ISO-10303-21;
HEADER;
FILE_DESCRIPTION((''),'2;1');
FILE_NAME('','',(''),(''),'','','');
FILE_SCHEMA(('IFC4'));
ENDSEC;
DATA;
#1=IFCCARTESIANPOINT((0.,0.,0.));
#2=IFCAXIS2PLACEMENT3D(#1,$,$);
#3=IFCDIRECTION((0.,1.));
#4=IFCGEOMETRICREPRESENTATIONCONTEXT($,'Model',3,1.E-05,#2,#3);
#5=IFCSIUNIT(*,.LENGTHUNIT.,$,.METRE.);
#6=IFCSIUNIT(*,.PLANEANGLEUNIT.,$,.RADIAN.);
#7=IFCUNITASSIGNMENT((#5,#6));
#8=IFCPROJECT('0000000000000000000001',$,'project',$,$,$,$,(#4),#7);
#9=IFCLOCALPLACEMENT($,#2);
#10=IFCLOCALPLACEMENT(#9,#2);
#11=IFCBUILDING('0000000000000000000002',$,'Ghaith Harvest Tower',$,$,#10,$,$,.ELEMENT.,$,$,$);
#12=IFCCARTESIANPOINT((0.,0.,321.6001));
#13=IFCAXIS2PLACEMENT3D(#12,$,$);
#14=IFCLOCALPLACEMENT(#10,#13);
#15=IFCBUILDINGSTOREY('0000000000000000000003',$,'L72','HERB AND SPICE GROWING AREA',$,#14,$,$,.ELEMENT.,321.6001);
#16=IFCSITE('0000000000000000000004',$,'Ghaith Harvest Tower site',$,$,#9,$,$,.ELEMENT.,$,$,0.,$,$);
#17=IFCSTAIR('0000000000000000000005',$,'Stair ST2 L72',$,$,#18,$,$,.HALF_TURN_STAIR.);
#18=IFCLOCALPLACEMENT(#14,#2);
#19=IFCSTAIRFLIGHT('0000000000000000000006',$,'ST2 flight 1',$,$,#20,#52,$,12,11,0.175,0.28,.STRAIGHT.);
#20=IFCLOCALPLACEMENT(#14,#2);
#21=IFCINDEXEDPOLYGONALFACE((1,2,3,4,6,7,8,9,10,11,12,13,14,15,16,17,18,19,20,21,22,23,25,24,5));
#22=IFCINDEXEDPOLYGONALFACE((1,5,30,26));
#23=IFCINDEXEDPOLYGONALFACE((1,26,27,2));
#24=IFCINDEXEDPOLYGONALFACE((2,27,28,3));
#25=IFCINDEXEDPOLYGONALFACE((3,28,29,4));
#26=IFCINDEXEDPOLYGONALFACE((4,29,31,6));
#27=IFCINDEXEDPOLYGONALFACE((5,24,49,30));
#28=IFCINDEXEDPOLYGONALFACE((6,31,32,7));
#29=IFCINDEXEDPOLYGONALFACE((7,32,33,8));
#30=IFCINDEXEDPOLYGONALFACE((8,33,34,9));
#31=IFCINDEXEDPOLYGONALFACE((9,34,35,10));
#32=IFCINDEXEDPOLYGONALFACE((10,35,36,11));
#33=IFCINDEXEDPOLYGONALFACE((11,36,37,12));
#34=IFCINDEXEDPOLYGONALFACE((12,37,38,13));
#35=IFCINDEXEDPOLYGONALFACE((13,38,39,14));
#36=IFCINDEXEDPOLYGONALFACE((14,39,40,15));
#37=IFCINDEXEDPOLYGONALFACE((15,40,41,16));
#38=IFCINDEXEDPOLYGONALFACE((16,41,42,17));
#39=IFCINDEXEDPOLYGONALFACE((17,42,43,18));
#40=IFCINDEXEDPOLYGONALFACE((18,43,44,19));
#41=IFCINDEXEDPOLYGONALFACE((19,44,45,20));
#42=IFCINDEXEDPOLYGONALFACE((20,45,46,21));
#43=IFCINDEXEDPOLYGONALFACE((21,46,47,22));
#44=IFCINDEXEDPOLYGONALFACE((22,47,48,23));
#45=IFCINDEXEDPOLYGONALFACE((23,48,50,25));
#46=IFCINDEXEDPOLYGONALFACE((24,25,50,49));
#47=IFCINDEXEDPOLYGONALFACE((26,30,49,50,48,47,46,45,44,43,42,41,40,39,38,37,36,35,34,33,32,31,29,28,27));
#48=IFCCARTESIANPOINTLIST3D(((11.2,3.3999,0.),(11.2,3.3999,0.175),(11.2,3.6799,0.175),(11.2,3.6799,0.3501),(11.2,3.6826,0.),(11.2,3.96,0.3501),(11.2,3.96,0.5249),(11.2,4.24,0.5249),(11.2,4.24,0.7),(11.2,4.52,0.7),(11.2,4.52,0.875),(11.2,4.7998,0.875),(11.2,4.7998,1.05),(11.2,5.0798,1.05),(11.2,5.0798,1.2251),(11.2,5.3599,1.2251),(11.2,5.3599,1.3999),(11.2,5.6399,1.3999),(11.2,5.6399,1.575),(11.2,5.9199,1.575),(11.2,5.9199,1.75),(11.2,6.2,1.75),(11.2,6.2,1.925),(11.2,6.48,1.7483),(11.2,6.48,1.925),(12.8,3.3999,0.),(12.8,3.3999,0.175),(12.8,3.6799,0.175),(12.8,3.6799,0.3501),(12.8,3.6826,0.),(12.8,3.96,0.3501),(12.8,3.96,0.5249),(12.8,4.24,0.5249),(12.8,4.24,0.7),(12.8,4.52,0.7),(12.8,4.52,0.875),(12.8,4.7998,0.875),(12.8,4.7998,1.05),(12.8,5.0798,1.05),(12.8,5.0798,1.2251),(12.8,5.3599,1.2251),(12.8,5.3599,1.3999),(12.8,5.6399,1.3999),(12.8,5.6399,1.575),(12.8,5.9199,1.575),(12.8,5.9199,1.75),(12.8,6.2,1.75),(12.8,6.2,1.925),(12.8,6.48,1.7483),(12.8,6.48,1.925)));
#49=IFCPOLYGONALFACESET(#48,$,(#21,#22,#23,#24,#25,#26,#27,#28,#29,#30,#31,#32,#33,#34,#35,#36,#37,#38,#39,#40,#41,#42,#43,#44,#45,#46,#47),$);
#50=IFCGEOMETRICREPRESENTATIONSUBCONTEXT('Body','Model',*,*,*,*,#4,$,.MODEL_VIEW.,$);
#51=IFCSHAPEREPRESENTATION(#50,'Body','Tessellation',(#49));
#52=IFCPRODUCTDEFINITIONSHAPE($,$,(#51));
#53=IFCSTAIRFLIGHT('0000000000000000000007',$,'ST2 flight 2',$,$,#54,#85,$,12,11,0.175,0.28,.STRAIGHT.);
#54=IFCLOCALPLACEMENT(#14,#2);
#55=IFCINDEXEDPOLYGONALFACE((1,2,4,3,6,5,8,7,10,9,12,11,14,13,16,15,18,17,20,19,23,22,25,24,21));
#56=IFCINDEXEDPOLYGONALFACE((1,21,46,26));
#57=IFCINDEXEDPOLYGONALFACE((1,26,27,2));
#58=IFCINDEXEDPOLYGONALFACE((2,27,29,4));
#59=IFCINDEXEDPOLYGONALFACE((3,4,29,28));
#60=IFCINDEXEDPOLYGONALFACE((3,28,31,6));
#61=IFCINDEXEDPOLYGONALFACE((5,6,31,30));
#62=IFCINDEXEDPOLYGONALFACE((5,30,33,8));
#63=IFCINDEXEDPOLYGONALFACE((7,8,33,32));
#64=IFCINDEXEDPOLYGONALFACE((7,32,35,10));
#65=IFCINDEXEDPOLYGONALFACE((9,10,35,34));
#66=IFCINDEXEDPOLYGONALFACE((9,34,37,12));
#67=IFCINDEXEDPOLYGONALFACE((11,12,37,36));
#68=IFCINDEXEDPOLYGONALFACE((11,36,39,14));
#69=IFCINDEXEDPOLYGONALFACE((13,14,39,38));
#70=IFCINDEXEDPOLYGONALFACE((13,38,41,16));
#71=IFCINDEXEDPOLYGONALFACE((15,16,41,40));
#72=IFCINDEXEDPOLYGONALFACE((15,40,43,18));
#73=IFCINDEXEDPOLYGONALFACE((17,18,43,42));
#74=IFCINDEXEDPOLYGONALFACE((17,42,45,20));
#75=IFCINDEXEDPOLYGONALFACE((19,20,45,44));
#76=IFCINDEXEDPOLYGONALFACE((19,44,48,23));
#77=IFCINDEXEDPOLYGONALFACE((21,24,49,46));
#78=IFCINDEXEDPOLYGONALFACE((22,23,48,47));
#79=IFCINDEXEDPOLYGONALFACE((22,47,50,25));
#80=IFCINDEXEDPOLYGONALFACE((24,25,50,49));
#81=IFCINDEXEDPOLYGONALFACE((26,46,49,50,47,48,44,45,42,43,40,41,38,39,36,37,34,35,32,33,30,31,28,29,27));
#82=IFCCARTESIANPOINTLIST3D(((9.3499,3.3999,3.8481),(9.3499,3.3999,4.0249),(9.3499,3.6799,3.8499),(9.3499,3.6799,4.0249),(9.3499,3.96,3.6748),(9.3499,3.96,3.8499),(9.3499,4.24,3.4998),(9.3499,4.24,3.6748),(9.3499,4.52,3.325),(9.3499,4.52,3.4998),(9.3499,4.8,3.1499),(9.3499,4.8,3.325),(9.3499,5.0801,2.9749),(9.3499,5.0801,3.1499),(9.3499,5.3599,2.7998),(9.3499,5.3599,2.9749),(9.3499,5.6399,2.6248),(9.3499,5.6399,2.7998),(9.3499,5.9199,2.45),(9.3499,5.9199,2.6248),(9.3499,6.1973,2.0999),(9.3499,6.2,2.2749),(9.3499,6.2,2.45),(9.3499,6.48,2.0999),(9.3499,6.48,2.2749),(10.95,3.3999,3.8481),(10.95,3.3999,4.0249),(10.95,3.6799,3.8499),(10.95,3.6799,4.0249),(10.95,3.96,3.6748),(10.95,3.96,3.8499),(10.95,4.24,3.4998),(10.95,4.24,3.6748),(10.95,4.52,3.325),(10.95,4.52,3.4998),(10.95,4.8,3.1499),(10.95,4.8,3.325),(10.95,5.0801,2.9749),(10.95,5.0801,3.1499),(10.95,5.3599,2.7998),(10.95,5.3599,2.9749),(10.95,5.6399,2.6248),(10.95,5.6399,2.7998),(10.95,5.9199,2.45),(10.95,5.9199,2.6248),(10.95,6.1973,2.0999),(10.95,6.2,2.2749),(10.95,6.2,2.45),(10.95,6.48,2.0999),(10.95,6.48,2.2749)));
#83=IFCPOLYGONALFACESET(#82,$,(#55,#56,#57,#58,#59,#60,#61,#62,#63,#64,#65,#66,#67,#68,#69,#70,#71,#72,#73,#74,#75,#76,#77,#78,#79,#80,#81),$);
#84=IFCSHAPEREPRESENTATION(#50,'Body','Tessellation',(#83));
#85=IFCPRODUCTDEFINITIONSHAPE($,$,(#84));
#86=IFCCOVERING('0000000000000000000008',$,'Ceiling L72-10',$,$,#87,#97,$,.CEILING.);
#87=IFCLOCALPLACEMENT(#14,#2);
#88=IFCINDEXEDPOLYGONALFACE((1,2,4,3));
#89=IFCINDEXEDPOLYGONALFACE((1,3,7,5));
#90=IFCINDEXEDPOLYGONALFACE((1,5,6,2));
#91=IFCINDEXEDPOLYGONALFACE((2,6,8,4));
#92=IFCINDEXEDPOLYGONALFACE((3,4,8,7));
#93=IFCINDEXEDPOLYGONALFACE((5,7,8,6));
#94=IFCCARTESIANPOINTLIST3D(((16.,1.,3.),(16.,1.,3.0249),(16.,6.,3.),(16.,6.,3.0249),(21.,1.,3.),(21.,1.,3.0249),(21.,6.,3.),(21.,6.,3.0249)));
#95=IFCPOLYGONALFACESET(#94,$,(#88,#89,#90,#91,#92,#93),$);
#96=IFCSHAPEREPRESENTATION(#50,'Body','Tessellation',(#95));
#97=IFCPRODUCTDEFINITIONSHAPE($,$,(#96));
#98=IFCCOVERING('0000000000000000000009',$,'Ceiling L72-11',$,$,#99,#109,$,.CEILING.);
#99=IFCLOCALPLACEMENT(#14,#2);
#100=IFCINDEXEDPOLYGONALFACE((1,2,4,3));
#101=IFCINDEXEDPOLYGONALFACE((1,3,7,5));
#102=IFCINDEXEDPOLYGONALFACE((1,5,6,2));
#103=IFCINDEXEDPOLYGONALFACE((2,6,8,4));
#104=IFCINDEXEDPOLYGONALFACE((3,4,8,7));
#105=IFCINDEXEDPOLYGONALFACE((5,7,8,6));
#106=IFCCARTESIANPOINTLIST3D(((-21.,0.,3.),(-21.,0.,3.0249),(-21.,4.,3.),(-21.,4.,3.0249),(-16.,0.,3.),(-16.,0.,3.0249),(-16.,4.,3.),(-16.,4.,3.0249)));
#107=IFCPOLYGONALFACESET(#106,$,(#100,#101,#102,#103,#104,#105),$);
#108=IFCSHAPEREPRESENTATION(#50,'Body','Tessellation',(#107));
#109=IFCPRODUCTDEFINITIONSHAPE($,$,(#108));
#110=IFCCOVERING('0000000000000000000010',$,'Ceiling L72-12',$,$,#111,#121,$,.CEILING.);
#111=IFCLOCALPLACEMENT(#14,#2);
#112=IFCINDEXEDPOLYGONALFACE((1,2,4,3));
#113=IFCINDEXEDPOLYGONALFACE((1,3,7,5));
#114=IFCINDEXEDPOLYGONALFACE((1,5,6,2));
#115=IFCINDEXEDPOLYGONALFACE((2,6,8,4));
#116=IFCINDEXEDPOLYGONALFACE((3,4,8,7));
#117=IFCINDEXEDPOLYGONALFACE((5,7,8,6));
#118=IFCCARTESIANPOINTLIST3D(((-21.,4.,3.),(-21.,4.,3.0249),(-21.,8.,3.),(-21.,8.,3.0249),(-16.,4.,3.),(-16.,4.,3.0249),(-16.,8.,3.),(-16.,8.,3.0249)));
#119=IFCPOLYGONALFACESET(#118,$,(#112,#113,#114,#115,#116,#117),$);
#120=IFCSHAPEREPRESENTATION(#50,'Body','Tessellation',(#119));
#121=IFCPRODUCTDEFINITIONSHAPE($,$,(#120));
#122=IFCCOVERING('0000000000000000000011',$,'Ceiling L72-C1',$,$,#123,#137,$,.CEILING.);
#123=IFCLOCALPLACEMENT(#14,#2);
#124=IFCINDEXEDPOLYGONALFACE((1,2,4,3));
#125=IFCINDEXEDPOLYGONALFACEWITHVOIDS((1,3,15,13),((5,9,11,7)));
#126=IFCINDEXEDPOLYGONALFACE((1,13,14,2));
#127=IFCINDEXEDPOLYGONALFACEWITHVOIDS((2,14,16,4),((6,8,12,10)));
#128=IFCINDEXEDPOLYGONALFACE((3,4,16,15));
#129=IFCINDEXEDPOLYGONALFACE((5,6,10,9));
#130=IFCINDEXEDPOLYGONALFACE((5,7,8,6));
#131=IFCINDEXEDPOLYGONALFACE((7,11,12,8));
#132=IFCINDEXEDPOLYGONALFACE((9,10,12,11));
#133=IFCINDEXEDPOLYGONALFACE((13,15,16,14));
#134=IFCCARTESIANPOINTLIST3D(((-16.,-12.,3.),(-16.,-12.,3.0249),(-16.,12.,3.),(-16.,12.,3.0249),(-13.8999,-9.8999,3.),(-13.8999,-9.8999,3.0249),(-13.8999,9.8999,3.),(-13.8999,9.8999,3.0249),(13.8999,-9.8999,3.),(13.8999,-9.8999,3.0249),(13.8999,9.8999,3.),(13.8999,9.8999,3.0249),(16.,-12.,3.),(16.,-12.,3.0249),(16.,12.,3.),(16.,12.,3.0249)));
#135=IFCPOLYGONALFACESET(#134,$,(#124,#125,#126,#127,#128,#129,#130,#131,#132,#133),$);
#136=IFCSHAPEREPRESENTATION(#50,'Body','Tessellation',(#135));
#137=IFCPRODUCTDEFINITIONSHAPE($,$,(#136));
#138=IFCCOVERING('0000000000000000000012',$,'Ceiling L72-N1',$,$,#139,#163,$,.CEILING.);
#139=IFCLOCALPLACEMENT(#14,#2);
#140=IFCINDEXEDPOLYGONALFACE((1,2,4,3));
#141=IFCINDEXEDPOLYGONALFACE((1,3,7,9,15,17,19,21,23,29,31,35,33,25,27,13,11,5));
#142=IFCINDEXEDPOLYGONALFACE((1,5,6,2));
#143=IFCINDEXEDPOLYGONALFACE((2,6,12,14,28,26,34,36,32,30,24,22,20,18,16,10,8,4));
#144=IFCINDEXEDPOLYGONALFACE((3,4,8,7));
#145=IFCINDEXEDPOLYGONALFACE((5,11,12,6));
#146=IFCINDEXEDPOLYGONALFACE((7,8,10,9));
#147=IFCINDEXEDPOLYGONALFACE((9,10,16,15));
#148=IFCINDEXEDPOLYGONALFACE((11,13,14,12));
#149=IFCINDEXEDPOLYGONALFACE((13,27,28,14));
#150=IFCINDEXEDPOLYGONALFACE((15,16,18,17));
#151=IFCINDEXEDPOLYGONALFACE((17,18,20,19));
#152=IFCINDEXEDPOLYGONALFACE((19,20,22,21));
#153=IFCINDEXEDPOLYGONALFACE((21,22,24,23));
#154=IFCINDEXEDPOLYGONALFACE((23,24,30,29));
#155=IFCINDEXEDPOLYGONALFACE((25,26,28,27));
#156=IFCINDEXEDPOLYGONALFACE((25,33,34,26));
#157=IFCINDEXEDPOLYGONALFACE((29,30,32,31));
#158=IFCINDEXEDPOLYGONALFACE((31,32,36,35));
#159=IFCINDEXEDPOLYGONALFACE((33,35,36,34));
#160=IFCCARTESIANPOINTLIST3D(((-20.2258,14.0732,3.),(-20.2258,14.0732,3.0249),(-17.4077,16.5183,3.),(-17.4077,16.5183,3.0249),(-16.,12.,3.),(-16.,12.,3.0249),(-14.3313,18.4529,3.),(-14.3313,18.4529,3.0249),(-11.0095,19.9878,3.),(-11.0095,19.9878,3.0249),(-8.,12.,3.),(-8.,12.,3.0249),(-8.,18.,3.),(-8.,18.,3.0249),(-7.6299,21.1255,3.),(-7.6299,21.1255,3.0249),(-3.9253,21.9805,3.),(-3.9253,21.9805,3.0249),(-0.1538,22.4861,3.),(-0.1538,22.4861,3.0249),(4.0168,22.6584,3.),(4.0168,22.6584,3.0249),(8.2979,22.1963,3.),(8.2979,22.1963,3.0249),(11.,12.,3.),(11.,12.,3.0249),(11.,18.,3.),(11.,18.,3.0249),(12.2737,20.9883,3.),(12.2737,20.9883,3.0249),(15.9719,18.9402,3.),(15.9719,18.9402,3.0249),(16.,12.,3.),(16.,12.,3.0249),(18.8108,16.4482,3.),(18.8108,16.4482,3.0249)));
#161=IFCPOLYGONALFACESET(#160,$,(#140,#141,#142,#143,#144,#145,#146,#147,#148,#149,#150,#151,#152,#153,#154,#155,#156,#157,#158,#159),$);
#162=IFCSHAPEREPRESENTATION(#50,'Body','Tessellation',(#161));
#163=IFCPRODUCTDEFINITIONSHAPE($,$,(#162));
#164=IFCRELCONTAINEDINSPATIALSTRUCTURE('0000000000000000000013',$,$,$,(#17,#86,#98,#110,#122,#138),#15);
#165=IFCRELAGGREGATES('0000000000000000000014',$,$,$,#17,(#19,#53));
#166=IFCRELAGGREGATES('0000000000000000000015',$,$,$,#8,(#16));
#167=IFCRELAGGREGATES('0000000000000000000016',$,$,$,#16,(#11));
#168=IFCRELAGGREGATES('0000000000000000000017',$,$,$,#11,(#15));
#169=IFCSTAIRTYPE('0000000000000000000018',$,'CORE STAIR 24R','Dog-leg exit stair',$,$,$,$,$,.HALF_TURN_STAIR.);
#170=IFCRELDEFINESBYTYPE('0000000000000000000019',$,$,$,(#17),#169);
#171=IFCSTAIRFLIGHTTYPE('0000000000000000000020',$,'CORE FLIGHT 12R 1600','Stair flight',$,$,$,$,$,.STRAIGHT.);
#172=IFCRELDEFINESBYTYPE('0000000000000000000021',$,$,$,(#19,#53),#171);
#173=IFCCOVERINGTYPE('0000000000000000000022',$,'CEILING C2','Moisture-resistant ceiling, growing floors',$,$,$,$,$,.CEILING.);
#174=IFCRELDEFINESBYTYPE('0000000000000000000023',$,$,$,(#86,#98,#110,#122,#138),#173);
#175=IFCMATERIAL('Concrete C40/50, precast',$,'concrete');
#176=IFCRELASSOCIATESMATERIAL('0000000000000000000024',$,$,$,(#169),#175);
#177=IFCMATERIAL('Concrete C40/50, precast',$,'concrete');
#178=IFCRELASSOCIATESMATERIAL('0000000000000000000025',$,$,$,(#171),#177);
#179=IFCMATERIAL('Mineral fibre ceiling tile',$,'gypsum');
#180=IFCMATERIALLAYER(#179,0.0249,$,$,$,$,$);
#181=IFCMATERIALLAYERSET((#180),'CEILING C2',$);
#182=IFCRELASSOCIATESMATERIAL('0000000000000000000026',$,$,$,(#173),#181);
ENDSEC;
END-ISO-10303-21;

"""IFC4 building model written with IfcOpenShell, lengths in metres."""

from ifc_helpers import new_model, si_unit, direction, frame, origin, place, context, subcontext, project, spatial, polyline, outline, extrude, material, layer, layer_set, type_object, element, aggregate, save


model = new_model("IFC4")

# Units and contexts
model_context = context("Model", 3, precision=1e-05, world=origin(), true_north=direction((0.0, 1.0)))
body_context = subcontext(model_context, "Body", "Model", "MODEL_VIEW")
ifc_project = project(units=[si_unit("LENGTHUNIT", "METRE"), si_unit("PLANEANGLEUNIT", "RADIAN")], contexts=[model_context])

# Site, building, storey
site_placement = place(None, origin())
site = spatial("IfcSite", under=ifc_project, at=site_placement, Name="Ghaith Harvest Tower site", CompositionType="ELEMENT", RefElevation=0.0)
building_placement = place(site_placement, origin())
building = spatial("IfcBuilding", under=site, at=building_placement, Name="Ghaith Harvest Tower", CompositionType="ELEMENT")
storey_placement = place(building_placement, frame((0.0, 0.0, 321.6001)))
storey = spatial("IfcBuildingStorey", under=building, at=storey_placement, Name="L72", Description="HERB AND SPICE GROWING AREA", CompositionType="ELEMENT", Elevation=321.6001)

# Stair, stair flights
ifc_material_1 = material(Name="Concrete C40/50, precast", Category="concrete")
stair_type = type_object("IfcStairType", Name="CORE STAIR 24R", Description="Dog-leg exit stair", PredefinedType="HALF_TURN_STAIR", material=ifc_material_1)
stair_placement = place(storey_placement, origin())
stair = element("IfcStair", 1, at=stair_placement, inside=storey, type_object=stair_type, Name="Stair ST2 L72", PredefinedType="HALF_TURN_STAIR")
ifc_material_2 = material(Name="Concrete C40/50, precast", Category="concrete")
stair_flight_type = type_object("IfcStairFlightType", Name="CORE FLIGHT 12R 1600", Description="Stair flight", PredefinedType="STRAIGHT", material=ifc_material_2)
stair_flight_1_placement = place(storey_placement, frame((12.0, 3.3999, 0.0), z_axis=(0.0, 0.0, 1.0), x_axis=(0.0, 1.0, 0.0)))
stair_flight_1 = element("IfcStairFlight", 2, at=stair_flight_1_placement, type_object=stair_flight_type, Name="ST2 flight 1", NumberOfRisers=12, NumberOfTreads=11, PredefinedType="STRAIGHT", RiserHeight=0.175, TreadLength=0.28, context=body_context, shape_type="SweptSolid", body=[
    extrude(outline(polyline([(0.0, 0.0), (0.0, 0.175), (0.28, 0.175), (0.28, 0.3501), (0.5601, 0.3501), (0.5601, 0.5249), (0.8401, 0.5249), (0.8401, 0.7), (1.1201, 0.7), (1.1201, 0.875), (1.3999, 0.875), (1.3999, 1.05), (1.6799, 1.05), (1.6799, 1.2251), (1.96, 1.2251), (1.96, 1.3999), (2.24, 1.3999), (2.24, 1.575), (2.52, 1.575), (2.52, 1.75), (2.8, 1.75), (2.8, 1.925), (3.0801, 1.925), (3.0801, 2.1001), (3.0801, 1.7483), (0.2827, 0.0), (0.0, 0.0)])), frame((0.0, 0.8, 0.0), z_axis=(0.0, -1.0, 0.0), x_axis=(1.0, 0.0, 0.0)), (0.0, 0.0, 1.0), 1.6001),
])
stair_flight_2_placement = place(storey_placement, frame((10.1499, 6.48, 2.0999), z_axis=(0.0, 0.0, 1.0), x_axis=(0.0, -1.0, 0.0)))
stair_flight_2 = element("IfcStairFlight", 3, at=stair_flight_2_placement, type_object=stair_flight_type, Name="ST2 flight 2", NumberOfRisers=12, NumberOfTreads=11, PredefinedType="STRAIGHT", RiserHeight=0.175, TreadLength=0.28, context=body_context, shape_type="SweptSolid", body=[
    extrude(outline(polyline([(0.0, 0.0), (0.0, 0.175), (0.28, 0.175), (0.28, 0.3501), (0.5601, 0.3501), (0.5601, 0.5249), (0.8401, 0.5249), (0.8401, 0.7), (1.1201, 0.7), (1.1201, 0.875), (1.3999, 0.875), (1.3999, 1.05), (1.6799, 1.05), (1.6799, 1.2251), (1.96, 1.2251), (1.96, 1.3999), (2.24, 1.3999), (2.24, 1.575), (2.52, 1.575), (2.52, 1.75), (2.8, 1.75), (2.8, 1.925), (3.0801, 1.925), (3.0801, 2.1001), (3.0801, 1.7483), (0.2827, 0.0), (0.0, 0.0)])), frame((0.0, 0.8, 0.0), z_axis=(0.0, -1.0, 0.0), x_axis=(1.0, 0.0, 0.0)), (0.0, 0.0, 1.0), 1.6001),
])
aggregate(stair, [stair_flight_1, stair_flight_2])

# Coverings
ifc_material_3 = material(Name="Mineral fibre ceiling tile", Category="gypsum")
ifc_layer_1 = layer(ifc_material_3, 0.0249)
ifc_layer_set_1 = layer_set([ifc_layer_1], Name="CEILING C2")
covering_type = type_object("IfcCoveringType", Name="CEILING C2", Description="Moisture-resistant ceiling, growing floors", PredefinedType="CEILING", material=ifc_layer_set_1)
covering_1_placement = place(storey_placement, frame((0.0, 0.0, 3.0)))
element("IfcCovering", 4, at=covering_1_placement, inside=storey, type_object=covering_type, Name="Ceiling L72-10", PredefinedType="CEILING", context=body_context, shape_type="SweptSolid", body=[
    extrude(outline(polyline([(16.0, 1.0), (21.0, 1.0), (21.0, 6.0), (16.0, 6.0), (16.0, 1.0)])), origin(), (0.0, 0.0, 1.0), 0.0249),
])
covering_2_placement = place(storey_placement, frame((0.0, 0.0, 3.0)))
element("IfcCovering", 5, at=covering_2_placement, inside=storey, type_object=covering_type, Name="Ceiling L72-11", PredefinedType="CEILING", context=body_context, shape_type="SweptSolid", body=[
    extrude(outline(polyline([(-21.0, 0.0), (-16.0, 0.0), (-16.0, 4.0), (-21.0, 4.0), (-21.0, 0.0)])), origin(), (0.0, 0.0, 1.0), 0.0249),
])
covering_3_placement = place(storey_placement, frame((0.0, 0.0, 3.0)))
element("IfcCovering", 6, at=covering_3_placement, inside=storey, type_object=covering_type, Name="Ceiling L72-12", PredefinedType="CEILING", context=body_context, shape_type="SweptSolid", body=[
    extrude(outline(polyline([(-21.0, 4.0), (-16.0, 4.0), (-16.0, 8.0), (-21.0, 8.0), (-21.0, 4.0)])), origin(), (0.0, 0.0, 1.0), 0.0249),
])
covering_4_placement = place(storey_placement, frame((0.0, 0.0, 3.0)))
element("IfcCovering", 7, at=covering_4_placement, inside=storey, type_object=covering_type, Name="Ceiling L72-C1", PredefinedType="CEILING", context=body_context, shape_type="SweptSolid", body=[
    extrude(outline(polyline([(-16.0, 12.0), (16.0, 12.0), (16.0, -12.0), (-16.0, -12.0), (-16.0, 12.0)]), holes=[polyline([(13.8999, 9.8999), (-13.8999, 9.8999), (-13.8999, -9.8999), (13.8999, -9.8999), (13.8999, 9.8999)])]), origin(), (0.0, 0.0, 1.0), 0.0249),
])
covering_5_placement = place(storey_placement, frame((0.0, 0.0, 3.0)))
element("IfcCovering", 8, at=covering_5_placement, inside=storey, type_object=covering_type, Name="Ceiling L72-N1", PredefinedType="CEILING", context=body_context, shape_type="SweptSolid", body=[
    extrude(outline(polyline([(-17.4077, 16.5183), (-14.3313, 18.4529), (-11.0095, 19.9878), (-7.6299, 21.1255), (-3.9253, 21.9805), (-0.1538, 22.4861), (4.0168, 22.6584), (8.2979, 22.1963), (12.2737, 20.9883), (15.9719, 18.9402), (18.8108, 16.4482), (16.0, 12.0), (11.0, 12.0), (11.0, 18.0), (-8.0, 18.0), (-8.0, 12.0), (-16.0, 12.0), (-20.2258, 14.0732), (-17.4077, 16.5183)])), origin(), (0.0, 0.0, 1.0), 0.0249),
])

save(model, "model.ifc")
